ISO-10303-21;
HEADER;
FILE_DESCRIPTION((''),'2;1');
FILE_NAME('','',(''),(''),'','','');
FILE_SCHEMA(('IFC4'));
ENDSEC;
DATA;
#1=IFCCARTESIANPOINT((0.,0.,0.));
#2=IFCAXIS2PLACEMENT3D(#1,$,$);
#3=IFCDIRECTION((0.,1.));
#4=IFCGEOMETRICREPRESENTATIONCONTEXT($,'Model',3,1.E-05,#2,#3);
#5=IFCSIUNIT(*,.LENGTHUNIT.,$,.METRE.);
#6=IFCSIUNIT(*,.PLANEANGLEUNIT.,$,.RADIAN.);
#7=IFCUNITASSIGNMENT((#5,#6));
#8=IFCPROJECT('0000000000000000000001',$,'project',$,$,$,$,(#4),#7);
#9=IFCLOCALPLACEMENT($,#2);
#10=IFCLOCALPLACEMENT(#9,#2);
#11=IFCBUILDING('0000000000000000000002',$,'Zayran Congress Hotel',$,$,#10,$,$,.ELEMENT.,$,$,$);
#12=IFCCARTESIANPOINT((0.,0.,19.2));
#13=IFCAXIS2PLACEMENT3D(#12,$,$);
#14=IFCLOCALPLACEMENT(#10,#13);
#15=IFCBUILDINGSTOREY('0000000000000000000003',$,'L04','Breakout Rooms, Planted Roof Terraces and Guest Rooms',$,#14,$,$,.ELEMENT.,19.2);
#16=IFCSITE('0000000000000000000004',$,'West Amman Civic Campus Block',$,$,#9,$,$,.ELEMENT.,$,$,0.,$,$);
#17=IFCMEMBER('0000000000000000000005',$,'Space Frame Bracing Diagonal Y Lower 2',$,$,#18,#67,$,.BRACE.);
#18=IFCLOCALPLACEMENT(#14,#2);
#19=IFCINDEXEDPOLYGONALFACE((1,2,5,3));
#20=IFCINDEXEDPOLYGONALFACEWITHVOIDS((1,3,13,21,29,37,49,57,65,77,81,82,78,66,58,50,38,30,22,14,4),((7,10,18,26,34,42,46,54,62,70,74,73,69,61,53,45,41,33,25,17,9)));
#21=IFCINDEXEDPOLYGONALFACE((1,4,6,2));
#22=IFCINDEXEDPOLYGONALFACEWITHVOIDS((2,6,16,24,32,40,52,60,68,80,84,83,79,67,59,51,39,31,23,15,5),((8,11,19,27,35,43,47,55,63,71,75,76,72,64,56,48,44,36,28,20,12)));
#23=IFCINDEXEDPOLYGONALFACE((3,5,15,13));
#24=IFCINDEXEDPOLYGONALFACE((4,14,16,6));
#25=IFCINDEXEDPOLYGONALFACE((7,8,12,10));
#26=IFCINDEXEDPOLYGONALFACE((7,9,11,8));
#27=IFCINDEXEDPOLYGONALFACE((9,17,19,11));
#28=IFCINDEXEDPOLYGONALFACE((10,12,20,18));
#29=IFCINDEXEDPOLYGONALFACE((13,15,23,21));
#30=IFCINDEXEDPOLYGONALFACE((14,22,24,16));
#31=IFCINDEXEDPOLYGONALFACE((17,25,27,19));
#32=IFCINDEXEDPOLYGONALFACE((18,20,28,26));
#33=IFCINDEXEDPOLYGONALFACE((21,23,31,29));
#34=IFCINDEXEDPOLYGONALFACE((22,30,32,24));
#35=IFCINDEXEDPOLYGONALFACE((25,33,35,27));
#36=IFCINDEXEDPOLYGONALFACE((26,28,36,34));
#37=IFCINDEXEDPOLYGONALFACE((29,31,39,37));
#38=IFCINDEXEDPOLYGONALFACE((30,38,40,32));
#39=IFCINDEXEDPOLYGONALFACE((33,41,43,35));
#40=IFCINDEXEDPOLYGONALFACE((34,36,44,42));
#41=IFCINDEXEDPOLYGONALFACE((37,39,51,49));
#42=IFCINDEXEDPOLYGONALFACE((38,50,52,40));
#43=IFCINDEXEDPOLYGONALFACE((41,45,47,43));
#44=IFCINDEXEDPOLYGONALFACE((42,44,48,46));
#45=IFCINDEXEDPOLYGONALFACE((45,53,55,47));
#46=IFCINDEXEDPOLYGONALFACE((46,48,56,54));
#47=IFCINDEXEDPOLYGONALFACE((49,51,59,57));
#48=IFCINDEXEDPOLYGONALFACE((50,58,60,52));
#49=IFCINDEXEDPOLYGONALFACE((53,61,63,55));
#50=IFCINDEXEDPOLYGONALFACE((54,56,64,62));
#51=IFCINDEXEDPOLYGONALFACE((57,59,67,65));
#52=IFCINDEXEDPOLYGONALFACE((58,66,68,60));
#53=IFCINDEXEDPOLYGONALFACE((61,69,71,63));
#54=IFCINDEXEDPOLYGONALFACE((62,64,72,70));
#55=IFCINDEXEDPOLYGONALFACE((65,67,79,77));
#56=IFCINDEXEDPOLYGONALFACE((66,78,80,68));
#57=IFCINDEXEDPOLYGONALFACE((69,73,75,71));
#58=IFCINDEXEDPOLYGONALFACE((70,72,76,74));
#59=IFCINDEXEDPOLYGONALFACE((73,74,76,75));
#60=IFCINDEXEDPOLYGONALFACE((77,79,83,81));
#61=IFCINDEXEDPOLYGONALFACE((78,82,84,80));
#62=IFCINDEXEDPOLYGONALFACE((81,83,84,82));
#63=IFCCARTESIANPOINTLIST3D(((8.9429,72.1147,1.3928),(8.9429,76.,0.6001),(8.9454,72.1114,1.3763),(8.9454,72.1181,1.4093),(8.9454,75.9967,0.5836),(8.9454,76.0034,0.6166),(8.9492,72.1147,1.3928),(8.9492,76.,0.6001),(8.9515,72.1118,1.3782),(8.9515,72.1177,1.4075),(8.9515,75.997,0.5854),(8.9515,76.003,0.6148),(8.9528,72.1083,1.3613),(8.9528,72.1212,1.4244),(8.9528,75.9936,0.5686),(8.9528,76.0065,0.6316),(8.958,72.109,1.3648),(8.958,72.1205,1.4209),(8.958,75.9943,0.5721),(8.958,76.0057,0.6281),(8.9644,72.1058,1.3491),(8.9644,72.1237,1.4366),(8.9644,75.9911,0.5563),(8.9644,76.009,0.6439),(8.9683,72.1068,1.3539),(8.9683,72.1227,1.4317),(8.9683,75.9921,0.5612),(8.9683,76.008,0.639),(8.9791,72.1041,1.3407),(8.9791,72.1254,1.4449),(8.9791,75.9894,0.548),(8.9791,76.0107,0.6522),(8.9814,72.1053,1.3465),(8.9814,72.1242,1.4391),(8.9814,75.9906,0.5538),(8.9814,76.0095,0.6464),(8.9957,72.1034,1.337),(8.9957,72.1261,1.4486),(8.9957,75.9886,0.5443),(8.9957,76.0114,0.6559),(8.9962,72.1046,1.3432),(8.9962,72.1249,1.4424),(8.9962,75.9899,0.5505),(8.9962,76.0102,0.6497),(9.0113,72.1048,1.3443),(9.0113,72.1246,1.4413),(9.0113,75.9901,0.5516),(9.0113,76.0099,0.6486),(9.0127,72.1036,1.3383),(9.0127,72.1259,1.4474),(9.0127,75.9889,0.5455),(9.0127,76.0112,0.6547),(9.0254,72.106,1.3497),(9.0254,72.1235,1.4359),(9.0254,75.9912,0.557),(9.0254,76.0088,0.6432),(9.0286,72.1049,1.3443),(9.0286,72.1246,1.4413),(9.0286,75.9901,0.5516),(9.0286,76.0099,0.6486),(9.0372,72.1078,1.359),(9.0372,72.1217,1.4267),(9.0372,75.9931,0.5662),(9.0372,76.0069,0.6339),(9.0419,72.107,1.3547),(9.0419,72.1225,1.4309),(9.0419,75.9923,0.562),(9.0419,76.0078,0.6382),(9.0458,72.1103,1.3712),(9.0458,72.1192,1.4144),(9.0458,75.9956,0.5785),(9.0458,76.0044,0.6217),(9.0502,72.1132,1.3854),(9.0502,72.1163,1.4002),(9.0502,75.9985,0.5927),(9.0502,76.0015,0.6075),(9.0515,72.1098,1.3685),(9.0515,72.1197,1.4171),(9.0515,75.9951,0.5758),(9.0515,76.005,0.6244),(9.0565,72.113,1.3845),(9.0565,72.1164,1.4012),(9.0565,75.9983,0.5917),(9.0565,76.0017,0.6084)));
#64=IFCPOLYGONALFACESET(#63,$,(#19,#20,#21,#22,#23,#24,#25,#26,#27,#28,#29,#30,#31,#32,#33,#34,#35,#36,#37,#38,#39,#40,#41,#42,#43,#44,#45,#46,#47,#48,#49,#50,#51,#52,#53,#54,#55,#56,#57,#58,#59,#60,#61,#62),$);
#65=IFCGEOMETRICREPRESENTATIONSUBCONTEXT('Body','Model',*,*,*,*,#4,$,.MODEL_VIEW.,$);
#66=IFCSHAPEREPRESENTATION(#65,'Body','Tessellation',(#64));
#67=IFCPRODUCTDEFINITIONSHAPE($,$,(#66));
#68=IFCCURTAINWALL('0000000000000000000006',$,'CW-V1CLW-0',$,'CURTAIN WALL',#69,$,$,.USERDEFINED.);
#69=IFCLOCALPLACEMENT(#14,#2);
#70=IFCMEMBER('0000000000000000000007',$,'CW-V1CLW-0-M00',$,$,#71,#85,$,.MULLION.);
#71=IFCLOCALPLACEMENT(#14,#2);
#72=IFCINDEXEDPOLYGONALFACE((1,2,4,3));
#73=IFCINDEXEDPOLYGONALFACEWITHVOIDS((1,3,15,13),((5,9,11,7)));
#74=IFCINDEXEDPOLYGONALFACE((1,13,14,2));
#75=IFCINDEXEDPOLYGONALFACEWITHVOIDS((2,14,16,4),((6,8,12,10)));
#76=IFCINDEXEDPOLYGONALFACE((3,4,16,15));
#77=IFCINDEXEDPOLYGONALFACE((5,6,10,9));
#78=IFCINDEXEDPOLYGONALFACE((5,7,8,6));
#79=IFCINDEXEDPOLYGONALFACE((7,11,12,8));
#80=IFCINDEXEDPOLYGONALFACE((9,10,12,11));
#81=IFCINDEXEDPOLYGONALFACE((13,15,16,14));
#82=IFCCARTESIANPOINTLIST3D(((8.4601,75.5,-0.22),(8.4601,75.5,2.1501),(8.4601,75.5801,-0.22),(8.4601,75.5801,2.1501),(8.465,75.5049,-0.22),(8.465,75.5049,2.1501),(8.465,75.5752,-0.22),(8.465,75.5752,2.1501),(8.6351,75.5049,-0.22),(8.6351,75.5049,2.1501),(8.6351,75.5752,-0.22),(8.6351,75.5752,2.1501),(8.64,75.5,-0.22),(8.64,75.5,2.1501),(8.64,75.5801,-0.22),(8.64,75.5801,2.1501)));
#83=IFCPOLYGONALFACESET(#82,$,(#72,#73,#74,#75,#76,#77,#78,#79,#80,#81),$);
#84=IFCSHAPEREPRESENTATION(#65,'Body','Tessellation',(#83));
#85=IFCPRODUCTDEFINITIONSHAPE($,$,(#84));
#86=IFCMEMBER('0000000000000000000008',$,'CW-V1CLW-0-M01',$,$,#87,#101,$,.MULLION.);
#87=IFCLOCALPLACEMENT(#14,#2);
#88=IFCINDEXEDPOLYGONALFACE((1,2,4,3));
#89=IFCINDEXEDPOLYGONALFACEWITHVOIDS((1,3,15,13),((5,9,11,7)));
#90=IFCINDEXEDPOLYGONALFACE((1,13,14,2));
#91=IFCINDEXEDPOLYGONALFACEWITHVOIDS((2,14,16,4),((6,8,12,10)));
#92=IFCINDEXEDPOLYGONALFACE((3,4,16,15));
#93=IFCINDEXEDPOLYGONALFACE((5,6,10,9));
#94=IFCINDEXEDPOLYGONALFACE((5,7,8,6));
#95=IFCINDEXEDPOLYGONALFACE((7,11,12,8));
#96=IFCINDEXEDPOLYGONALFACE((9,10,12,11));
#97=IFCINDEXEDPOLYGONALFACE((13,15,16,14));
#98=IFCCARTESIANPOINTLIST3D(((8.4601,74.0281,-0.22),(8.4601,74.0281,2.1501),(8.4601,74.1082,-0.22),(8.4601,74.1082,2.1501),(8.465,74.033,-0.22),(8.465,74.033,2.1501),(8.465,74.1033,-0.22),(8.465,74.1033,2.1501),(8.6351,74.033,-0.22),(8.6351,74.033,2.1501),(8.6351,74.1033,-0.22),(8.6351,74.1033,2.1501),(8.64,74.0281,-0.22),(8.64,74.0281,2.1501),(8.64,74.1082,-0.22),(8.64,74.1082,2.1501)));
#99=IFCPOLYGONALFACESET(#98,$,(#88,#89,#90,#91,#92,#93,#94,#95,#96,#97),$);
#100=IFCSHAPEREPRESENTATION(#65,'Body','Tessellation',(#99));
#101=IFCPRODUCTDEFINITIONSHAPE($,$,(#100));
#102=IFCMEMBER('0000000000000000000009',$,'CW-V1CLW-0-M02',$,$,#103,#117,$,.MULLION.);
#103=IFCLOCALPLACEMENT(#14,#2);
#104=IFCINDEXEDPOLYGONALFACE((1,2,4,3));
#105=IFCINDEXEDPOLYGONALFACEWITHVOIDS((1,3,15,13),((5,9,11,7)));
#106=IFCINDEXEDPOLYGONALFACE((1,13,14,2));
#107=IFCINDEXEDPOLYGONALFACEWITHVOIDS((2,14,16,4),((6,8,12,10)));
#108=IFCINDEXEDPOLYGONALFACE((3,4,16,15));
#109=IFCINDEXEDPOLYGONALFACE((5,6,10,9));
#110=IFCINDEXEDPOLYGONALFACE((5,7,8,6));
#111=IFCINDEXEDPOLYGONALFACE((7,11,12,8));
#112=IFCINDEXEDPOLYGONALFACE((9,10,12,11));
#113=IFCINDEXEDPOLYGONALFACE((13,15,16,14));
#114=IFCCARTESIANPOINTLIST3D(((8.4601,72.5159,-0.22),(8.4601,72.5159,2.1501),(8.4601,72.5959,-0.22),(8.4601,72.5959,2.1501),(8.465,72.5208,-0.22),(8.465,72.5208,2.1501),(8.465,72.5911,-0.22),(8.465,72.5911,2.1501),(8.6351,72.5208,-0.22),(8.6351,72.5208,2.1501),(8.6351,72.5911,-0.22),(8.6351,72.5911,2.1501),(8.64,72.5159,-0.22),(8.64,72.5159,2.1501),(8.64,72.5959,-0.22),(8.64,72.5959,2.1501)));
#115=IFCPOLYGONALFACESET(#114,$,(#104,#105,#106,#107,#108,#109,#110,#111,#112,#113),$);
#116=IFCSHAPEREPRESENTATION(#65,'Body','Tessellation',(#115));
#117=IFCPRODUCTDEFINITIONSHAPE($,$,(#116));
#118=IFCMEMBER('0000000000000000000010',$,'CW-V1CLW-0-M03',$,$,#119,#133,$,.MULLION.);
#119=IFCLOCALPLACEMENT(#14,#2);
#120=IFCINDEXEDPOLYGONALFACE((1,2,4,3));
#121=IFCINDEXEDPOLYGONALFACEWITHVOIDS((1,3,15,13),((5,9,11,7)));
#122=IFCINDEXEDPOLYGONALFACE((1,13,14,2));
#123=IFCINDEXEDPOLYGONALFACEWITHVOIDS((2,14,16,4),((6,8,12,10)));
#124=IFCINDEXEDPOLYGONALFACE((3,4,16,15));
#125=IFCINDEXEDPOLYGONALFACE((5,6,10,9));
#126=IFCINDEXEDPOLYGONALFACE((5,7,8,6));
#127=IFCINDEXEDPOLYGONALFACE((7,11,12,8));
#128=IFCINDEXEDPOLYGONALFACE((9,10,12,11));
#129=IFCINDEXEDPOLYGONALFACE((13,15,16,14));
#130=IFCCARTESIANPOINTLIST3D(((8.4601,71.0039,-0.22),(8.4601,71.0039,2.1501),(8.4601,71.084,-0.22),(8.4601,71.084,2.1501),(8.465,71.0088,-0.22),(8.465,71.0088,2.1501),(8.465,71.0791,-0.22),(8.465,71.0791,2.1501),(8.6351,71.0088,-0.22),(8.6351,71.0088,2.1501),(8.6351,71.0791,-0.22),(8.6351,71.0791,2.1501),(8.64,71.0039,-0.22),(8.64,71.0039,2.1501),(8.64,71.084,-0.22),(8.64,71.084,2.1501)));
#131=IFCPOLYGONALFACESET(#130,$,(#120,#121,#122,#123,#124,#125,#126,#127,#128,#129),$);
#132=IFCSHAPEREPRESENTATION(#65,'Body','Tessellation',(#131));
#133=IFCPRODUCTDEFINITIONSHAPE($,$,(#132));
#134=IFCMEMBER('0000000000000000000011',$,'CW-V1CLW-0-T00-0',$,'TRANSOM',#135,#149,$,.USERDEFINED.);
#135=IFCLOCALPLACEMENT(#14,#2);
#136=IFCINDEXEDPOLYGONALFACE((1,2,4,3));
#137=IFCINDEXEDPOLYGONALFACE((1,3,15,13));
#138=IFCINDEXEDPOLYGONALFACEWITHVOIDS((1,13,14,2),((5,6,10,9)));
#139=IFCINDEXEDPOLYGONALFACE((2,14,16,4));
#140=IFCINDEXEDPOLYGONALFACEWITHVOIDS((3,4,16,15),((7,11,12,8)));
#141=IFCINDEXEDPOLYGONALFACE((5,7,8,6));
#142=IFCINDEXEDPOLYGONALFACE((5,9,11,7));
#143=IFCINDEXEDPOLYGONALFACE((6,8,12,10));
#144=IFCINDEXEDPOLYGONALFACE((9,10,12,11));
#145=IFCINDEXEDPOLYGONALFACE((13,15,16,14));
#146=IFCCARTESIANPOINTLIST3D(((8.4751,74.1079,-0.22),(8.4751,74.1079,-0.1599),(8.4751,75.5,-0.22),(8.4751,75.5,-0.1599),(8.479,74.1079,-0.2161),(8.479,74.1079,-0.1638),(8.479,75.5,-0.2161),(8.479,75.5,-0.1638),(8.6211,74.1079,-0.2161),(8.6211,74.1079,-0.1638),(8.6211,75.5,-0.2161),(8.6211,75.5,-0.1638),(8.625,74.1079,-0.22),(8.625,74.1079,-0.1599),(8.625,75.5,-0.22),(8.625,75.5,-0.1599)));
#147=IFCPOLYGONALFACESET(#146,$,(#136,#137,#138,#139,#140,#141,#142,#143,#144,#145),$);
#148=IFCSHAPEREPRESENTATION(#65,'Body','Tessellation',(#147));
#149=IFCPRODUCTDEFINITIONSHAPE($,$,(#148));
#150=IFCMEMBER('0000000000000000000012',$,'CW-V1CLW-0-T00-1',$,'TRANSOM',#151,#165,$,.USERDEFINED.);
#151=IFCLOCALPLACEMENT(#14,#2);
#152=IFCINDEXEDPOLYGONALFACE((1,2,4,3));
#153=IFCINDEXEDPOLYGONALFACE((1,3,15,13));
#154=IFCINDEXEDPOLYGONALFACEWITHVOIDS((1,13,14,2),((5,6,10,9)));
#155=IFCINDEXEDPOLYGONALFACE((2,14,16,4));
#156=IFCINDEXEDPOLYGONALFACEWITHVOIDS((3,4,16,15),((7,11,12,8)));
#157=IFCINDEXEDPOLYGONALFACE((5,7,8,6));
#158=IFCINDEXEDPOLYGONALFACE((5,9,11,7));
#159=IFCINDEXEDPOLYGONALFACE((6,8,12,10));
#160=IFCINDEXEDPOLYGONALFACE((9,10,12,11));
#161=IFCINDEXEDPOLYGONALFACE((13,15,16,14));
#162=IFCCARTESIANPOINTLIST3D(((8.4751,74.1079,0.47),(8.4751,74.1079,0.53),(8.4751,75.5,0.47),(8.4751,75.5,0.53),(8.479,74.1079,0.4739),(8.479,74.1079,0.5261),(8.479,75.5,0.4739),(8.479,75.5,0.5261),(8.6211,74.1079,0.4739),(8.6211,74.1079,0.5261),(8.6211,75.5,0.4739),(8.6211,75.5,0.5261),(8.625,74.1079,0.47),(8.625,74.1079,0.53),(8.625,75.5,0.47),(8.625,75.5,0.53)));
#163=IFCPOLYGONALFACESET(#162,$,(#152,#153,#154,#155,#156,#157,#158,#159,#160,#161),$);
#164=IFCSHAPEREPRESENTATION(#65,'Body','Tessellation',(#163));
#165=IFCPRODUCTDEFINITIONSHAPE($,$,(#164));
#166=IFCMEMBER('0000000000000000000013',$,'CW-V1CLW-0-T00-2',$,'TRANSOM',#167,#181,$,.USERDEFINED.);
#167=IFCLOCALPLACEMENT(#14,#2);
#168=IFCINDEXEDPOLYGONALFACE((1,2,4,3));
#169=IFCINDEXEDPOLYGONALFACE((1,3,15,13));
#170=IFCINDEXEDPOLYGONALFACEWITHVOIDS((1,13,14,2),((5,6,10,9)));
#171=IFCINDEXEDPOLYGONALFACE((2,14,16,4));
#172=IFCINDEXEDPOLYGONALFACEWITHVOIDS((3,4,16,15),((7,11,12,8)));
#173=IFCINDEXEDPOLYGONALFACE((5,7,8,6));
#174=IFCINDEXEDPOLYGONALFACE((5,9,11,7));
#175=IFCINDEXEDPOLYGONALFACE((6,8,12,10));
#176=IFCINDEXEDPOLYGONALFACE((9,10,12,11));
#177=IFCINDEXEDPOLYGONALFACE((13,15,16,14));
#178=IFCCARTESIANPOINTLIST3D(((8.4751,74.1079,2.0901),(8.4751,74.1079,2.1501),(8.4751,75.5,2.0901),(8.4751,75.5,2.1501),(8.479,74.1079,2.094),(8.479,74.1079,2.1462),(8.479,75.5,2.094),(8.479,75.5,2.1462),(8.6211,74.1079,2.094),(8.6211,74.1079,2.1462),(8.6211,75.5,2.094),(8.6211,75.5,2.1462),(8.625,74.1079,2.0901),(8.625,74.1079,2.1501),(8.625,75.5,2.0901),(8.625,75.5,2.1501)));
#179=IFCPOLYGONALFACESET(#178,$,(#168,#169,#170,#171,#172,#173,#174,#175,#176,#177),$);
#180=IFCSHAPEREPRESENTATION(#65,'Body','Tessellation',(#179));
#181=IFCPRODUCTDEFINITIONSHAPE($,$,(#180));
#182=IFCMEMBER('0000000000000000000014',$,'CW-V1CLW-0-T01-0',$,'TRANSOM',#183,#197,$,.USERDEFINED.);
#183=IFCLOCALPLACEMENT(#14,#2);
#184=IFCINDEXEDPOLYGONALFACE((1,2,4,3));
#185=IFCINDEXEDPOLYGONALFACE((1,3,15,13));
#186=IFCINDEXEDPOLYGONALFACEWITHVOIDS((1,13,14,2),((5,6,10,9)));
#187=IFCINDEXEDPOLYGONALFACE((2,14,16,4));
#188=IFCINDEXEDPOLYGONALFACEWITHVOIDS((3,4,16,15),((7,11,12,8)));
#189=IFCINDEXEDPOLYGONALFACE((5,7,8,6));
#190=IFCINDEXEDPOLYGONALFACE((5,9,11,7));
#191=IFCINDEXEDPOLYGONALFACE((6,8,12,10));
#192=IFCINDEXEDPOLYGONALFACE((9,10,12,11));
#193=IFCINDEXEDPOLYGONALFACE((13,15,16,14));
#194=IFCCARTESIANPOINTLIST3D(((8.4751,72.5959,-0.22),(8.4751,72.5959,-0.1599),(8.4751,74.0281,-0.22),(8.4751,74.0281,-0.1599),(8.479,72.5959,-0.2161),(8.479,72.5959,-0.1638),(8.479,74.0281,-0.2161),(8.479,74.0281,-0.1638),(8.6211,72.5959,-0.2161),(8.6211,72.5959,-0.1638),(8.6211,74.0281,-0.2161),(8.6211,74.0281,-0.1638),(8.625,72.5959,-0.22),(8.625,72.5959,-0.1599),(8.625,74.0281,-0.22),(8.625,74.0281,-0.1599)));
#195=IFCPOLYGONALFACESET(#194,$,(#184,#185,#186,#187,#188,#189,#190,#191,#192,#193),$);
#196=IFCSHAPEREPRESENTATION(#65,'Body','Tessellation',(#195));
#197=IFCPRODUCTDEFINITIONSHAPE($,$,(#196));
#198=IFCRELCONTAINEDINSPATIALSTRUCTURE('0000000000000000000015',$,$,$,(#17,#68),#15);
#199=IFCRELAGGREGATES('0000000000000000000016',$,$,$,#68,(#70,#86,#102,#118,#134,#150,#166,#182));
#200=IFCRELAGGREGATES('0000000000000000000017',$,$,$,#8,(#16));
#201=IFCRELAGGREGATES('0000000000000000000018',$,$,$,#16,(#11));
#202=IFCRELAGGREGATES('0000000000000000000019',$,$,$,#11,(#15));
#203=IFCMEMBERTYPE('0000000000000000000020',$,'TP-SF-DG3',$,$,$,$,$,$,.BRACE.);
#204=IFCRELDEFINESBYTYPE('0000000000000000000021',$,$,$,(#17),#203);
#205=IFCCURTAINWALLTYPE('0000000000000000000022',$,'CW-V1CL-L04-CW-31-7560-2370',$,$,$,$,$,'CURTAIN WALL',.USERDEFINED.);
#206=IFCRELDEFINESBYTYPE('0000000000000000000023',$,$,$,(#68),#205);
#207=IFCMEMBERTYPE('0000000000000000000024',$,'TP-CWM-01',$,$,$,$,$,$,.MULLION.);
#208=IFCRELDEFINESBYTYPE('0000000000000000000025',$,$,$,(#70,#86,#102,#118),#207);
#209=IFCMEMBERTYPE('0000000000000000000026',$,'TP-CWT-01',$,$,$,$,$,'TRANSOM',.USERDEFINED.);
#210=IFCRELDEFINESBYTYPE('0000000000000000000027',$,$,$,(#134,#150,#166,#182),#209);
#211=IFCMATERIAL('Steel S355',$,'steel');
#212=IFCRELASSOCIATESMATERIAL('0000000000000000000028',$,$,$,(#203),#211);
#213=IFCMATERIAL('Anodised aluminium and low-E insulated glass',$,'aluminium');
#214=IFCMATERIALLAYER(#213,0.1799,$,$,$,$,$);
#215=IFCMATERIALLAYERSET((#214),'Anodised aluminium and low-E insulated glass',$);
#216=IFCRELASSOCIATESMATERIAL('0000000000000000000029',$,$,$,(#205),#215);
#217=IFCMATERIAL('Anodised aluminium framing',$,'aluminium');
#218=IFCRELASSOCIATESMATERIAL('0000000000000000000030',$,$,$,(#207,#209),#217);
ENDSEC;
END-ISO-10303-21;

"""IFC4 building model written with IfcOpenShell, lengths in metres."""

from ifc_helpers import new_model, si_unit, direction, frame, origin, origin_2d, place, context, subcontext, project, spatial, hollow_rectangle, hollow_circle, extrude, material, layer, layer_set, material_profile, profile_set, type_object, element, aggregate, save


model = new_model("IFC4")

# Units and contexts
model_context = context("Model", 3, precision=1e-05, world=origin(), true_north=direction((0.0, 1.0)))
body_context = subcontext(model_context, "Body", "Model", "MODEL_VIEW")
ifc_project = project(units=[si_unit("LENGTHUNIT", "METRE"), si_unit("PLANEANGLEUNIT", "RADIAN")], contexts=[model_context])

# Site, building, storey
site_placement = place(None, origin())
site = spatial("IfcSite", under=ifc_project, at=site_placement, Name="West Amman Civic Campus Block", CompositionType="ELEMENT", RefElevation=0.0)
building_placement = place(site_placement, origin())
building = spatial("IfcBuilding", under=site, at=building_placement, Name="Zayran Congress Hotel", CompositionType="ELEMENT")
storey_placement = place(building_placement, frame((0.0, 0.0, 19.2)))
storey = spatial("IfcBuildingStorey", under=building, at=storey_placement, Name="L04", Description="Breakout Rooms, Planted Roof Terraces and Guest Rooms", CompositionType="ELEMENT", Elevation=19.2)

# Member
ifc_material_1 = material(Name="Steel S355", Category="steel")
ifc_material_profile_1 = material_profile(ifc_material_1, hollow_circle(Radius=0.0571, WallThickness=0.0063, at=origin_2d()), Name="CHS 114.3x6.3")
ifc_profile_set_1 = profile_set([ifc_material_profile_1], Name="Steel S355")
member_type_1 = type_object("IfcMemberType", Name="TP-SF-DG3", PredefinedType="BRACE", material=ifc_profile_set_1)
member_1_placement = place(storey_placement, frame((9.0, 72.1147, 1.3928), z_axis=(0.0, 0.979813, -0.199915), x_axis=(-1.0, 0.0, 0.0)))
element("IfcMember", 1, at=member_1_placement, inside=storey, type_object=member_type_1, Name="Space Frame Bracing Diagonal Y Lower 2", PredefinedType="BRACE", context=body_context, shape_type="SweptSolid", body=[
    extrude(hollow_circle(Radius=0.0571, WallThickness=0.0063, at=origin_2d()), origin(), (0.0, 0.0, 1.0), 3.9653),
])

# Curtain wall, members
ifc_material_2 = material(Name="Anodised aluminium and low-E insulated glass", Category="aluminium")
ifc_layer_1 = layer(ifc_material_2, 0.1799)
ifc_layer_set_1 = layer_set([ifc_layer_1], Name="Anodised aluminium and low-E insulated glass")
curtain_wall_type = type_object("IfcCurtainWallType", Name="CW-V1CL-L04-CW-31-7560-2370", ElementType="CURTAIN WALL", PredefinedType="USERDEFINED", material=ifc_layer_set_1)
curtain_wall_placement = place(storey_placement, origin())
curtain_wall = element("IfcCurtainWall", 2, at=curtain_wall_placement, inside=storey, type_object=curtain_wall_type, Name="CW-V1CLW-0", ObjectType="CURTAIN WALL", PredefinedType="USERDEFINED")
ifc_material_3 = material(Name="Anodised aluminium framing", Category="aluminium")
ifc_material_profile_2 = material_profile(ifc_material_3, hollow_rectangle(XDim=0.0801, YDim=0.1799, WallThickness=0.0049, at=origin_2d()), Name="RHS 180x80x5")
ifc_profile_set_2 = profile_set([ifc_material_profile_2], Name="Anodised aluminium framing")
member_type_2 = type_object("IfcMemberType", Name="TP-CWM-01", PredefinedType="MULLION", material=ifc_profile_set_2)
member_2_placement = place(storey_placement, frame((8.55, 75.54, -0.22), z_axis=(0.0, 0.0, 1.0), x_axis=(0.0, 1.0, 0.0)))
member_2 = element("IfcMember", 3, at=member_2_placement, type_object=member_type_2, Name="CW-V1CLW-0-M00", PredefinedType="MULLION", context=body_context, shape_type="SweptSolid", body=[
    extrude(hollow_rectangle(XDim=0.0801, YDim=0.1799, WallThickness=0.0049, at=origin_2d()), origin(), (0.0, 0.0, 1.0), 2.3701),
])
member_3_placement = place(storey_placement, frame((8.55, 74.0681, -0.22), z_axis=(0.0, 0.0, 1.0), x_axis=(0.0, 1.0, 0.0)))
member_3 = element("IfcMember", 4, at=member_3_placement, type_object=member_type_2, Name="CW-V1CLW-0-M01", PredefinedType="MULLION", context=body_context, shape_type="SweptSolid", body=[
    extrude(hollow_rectangle(XDim=0.0801, YDim=0.1799, WallThickness=0.0049, at=origin_2d()), origin(), (0.0, 0.0, 1.0), 2.3701),
])
member_4_placement = place(storey_placement, frame((8.55, 72.5559, -0.22), z_axis=(0.0, 0.0, 1.0), x_axis=(0.0, 1.0, 0.0)))
member_4 = element("IfcMember", 5, at=member_4_placement, type_object=member_type_2, Name="CW-V1CLW-0-M02", PredefinedType="MULLION", context=body_context, shape_type="SweptSolid", body=[
    extrude(hollow_rectangle(XDim=0.0801, YDim=0.1799, WallThickness=0.0049, at=origin_2d()), origin(), (0.0, 0.0, 1.0), 2.3701),
])
member_5_placement = place(storey_placement, frame((8.55, 71.0439, -0.22), z_axis=(0.0, 0.0, 1.0), x_axis=(0.0, 1.0, 0.0)))
member_5 = element("IfcMember", 6, at=member_5_placement, type_object=member_type_2, Name="CW-V1CLW-0-M03", PredefinedType="MULLION", context=body_context, shape_type="SweptSolid", body=[
    extrude(hollow_rectangle(XDim=0.0801, YDim=0.1799, WallThickness=0.0049, at=origin_2d()), origin(), (0.0, 0.0, 1.0), 2.3701),
])
ifc_material_profile_3 = material_profile(ifc_material_3, hollow_rectangle(XDim=0.0601, YDim=0.1499, WallThickness=0.0039, at=origin_2d()), Name="RHS 150x60x4")
ifc_profile_set_3 = profile_set([ifc_material_profile_3], Name="Anodised aluminium framing")
member_type_3 = type_object("IfcMemberType", Name="TP-CWT-01", ElementType="TRANSOM", PredefinedType="USERDEFINED", material=ifc_profile_set_3)
member_6_placement = place(storey_placement, frame((8.55, 75.5, -0.1899), z_axis=(0.0, -1.0, 0.0), x_axis=(0.0, 0.0, 1.0)))
member_6 = element("IfcMember", 7, at=member_6_placement, type_object=member_type_3, Name="CW-V1CLW-0-T00-0", ObjectType="TRANSOM", PredefinedType="USERDEFINED", context=body_context, shape_type="SweptSolid", body=[
    extrude(hollow_rectangle(XDim=0.0601, YDim=0.1499, WallThickness=0.0039, at=origin_2d()), origin(), (0.0, 0.0, 1.0), 1.3921),
])
member_7_placement = place(storey_placement, frame((8.55, 75.5, 0.5), z_axis=(0.0, -1.0, 0.0), x_axis=(0.0, 0.0, 1.0)))
member_7 = element("IfcMember", 8, at=member_7_placement, type_object=member_type_3, Name="CW-V1CLW-0-T00-1", ObjectType="TRANSOM", PredefinedType="USERDEFINED", context=body_context, shape_type="SweptSolid", body=[
    extrude(hollow_rectangle(XDim=0.0601, YDim=0.1499, WallThickness=0.0039, at=origin_2d()), origin(), (0.0, 0.0, 1.0), 1.3921),
])
member_8_placement = place(storey_placement, frame((8.55, 75.5, 2.1201), z_axis=(0.0, -1.0, 0.0), x_axis=(0.0, 0.0, 1.0)))
member_8 = element("IfcMember", 9, at=member_8_placement, type_object=member_type_3, Name="CW-V1CLW-0-T00-2", ObjectType="TRANSOM", PredefinedType="USERDEFINED", context=body_context, shape_type="SweptSolid", body=[
    extrude(hollow_rectangle(XDim=0.0601, YDim=0.1499, WallThickness=0.0039, at=origin_2d()), origin(), (0.0, 0.0, 1.0), 1.3921),
])
member_9_placement = place(storey_placement, frame((8.55, 74.0281, -0.1899), z_axis=(0.0, -1.0, 0.0), x_axis=(0.0, 0.0, 1.0)))
member_9 = element("IfcMember", 10, at=member_9_placement, type_object=member_type_3, Name="CW-V1CLW-0-T01-0", ObjectType="TRANSOM", PredefinedType="USERDEFINED", context=body_context, shape_type="SweptSolid", body=[
    extrude(hollow_rectangle(XDim=0.0601, YDim=0.1499, WallThickness=0.0039, at=origin_2d()), origin(), (0.0, 0.0, 1.0), 1.4321),
])

aggregate(curtain_wall, [member_2, member_3, member_4, member_5, member_6, member_7, member_8, member_9])

save(model, "model.ifc")
